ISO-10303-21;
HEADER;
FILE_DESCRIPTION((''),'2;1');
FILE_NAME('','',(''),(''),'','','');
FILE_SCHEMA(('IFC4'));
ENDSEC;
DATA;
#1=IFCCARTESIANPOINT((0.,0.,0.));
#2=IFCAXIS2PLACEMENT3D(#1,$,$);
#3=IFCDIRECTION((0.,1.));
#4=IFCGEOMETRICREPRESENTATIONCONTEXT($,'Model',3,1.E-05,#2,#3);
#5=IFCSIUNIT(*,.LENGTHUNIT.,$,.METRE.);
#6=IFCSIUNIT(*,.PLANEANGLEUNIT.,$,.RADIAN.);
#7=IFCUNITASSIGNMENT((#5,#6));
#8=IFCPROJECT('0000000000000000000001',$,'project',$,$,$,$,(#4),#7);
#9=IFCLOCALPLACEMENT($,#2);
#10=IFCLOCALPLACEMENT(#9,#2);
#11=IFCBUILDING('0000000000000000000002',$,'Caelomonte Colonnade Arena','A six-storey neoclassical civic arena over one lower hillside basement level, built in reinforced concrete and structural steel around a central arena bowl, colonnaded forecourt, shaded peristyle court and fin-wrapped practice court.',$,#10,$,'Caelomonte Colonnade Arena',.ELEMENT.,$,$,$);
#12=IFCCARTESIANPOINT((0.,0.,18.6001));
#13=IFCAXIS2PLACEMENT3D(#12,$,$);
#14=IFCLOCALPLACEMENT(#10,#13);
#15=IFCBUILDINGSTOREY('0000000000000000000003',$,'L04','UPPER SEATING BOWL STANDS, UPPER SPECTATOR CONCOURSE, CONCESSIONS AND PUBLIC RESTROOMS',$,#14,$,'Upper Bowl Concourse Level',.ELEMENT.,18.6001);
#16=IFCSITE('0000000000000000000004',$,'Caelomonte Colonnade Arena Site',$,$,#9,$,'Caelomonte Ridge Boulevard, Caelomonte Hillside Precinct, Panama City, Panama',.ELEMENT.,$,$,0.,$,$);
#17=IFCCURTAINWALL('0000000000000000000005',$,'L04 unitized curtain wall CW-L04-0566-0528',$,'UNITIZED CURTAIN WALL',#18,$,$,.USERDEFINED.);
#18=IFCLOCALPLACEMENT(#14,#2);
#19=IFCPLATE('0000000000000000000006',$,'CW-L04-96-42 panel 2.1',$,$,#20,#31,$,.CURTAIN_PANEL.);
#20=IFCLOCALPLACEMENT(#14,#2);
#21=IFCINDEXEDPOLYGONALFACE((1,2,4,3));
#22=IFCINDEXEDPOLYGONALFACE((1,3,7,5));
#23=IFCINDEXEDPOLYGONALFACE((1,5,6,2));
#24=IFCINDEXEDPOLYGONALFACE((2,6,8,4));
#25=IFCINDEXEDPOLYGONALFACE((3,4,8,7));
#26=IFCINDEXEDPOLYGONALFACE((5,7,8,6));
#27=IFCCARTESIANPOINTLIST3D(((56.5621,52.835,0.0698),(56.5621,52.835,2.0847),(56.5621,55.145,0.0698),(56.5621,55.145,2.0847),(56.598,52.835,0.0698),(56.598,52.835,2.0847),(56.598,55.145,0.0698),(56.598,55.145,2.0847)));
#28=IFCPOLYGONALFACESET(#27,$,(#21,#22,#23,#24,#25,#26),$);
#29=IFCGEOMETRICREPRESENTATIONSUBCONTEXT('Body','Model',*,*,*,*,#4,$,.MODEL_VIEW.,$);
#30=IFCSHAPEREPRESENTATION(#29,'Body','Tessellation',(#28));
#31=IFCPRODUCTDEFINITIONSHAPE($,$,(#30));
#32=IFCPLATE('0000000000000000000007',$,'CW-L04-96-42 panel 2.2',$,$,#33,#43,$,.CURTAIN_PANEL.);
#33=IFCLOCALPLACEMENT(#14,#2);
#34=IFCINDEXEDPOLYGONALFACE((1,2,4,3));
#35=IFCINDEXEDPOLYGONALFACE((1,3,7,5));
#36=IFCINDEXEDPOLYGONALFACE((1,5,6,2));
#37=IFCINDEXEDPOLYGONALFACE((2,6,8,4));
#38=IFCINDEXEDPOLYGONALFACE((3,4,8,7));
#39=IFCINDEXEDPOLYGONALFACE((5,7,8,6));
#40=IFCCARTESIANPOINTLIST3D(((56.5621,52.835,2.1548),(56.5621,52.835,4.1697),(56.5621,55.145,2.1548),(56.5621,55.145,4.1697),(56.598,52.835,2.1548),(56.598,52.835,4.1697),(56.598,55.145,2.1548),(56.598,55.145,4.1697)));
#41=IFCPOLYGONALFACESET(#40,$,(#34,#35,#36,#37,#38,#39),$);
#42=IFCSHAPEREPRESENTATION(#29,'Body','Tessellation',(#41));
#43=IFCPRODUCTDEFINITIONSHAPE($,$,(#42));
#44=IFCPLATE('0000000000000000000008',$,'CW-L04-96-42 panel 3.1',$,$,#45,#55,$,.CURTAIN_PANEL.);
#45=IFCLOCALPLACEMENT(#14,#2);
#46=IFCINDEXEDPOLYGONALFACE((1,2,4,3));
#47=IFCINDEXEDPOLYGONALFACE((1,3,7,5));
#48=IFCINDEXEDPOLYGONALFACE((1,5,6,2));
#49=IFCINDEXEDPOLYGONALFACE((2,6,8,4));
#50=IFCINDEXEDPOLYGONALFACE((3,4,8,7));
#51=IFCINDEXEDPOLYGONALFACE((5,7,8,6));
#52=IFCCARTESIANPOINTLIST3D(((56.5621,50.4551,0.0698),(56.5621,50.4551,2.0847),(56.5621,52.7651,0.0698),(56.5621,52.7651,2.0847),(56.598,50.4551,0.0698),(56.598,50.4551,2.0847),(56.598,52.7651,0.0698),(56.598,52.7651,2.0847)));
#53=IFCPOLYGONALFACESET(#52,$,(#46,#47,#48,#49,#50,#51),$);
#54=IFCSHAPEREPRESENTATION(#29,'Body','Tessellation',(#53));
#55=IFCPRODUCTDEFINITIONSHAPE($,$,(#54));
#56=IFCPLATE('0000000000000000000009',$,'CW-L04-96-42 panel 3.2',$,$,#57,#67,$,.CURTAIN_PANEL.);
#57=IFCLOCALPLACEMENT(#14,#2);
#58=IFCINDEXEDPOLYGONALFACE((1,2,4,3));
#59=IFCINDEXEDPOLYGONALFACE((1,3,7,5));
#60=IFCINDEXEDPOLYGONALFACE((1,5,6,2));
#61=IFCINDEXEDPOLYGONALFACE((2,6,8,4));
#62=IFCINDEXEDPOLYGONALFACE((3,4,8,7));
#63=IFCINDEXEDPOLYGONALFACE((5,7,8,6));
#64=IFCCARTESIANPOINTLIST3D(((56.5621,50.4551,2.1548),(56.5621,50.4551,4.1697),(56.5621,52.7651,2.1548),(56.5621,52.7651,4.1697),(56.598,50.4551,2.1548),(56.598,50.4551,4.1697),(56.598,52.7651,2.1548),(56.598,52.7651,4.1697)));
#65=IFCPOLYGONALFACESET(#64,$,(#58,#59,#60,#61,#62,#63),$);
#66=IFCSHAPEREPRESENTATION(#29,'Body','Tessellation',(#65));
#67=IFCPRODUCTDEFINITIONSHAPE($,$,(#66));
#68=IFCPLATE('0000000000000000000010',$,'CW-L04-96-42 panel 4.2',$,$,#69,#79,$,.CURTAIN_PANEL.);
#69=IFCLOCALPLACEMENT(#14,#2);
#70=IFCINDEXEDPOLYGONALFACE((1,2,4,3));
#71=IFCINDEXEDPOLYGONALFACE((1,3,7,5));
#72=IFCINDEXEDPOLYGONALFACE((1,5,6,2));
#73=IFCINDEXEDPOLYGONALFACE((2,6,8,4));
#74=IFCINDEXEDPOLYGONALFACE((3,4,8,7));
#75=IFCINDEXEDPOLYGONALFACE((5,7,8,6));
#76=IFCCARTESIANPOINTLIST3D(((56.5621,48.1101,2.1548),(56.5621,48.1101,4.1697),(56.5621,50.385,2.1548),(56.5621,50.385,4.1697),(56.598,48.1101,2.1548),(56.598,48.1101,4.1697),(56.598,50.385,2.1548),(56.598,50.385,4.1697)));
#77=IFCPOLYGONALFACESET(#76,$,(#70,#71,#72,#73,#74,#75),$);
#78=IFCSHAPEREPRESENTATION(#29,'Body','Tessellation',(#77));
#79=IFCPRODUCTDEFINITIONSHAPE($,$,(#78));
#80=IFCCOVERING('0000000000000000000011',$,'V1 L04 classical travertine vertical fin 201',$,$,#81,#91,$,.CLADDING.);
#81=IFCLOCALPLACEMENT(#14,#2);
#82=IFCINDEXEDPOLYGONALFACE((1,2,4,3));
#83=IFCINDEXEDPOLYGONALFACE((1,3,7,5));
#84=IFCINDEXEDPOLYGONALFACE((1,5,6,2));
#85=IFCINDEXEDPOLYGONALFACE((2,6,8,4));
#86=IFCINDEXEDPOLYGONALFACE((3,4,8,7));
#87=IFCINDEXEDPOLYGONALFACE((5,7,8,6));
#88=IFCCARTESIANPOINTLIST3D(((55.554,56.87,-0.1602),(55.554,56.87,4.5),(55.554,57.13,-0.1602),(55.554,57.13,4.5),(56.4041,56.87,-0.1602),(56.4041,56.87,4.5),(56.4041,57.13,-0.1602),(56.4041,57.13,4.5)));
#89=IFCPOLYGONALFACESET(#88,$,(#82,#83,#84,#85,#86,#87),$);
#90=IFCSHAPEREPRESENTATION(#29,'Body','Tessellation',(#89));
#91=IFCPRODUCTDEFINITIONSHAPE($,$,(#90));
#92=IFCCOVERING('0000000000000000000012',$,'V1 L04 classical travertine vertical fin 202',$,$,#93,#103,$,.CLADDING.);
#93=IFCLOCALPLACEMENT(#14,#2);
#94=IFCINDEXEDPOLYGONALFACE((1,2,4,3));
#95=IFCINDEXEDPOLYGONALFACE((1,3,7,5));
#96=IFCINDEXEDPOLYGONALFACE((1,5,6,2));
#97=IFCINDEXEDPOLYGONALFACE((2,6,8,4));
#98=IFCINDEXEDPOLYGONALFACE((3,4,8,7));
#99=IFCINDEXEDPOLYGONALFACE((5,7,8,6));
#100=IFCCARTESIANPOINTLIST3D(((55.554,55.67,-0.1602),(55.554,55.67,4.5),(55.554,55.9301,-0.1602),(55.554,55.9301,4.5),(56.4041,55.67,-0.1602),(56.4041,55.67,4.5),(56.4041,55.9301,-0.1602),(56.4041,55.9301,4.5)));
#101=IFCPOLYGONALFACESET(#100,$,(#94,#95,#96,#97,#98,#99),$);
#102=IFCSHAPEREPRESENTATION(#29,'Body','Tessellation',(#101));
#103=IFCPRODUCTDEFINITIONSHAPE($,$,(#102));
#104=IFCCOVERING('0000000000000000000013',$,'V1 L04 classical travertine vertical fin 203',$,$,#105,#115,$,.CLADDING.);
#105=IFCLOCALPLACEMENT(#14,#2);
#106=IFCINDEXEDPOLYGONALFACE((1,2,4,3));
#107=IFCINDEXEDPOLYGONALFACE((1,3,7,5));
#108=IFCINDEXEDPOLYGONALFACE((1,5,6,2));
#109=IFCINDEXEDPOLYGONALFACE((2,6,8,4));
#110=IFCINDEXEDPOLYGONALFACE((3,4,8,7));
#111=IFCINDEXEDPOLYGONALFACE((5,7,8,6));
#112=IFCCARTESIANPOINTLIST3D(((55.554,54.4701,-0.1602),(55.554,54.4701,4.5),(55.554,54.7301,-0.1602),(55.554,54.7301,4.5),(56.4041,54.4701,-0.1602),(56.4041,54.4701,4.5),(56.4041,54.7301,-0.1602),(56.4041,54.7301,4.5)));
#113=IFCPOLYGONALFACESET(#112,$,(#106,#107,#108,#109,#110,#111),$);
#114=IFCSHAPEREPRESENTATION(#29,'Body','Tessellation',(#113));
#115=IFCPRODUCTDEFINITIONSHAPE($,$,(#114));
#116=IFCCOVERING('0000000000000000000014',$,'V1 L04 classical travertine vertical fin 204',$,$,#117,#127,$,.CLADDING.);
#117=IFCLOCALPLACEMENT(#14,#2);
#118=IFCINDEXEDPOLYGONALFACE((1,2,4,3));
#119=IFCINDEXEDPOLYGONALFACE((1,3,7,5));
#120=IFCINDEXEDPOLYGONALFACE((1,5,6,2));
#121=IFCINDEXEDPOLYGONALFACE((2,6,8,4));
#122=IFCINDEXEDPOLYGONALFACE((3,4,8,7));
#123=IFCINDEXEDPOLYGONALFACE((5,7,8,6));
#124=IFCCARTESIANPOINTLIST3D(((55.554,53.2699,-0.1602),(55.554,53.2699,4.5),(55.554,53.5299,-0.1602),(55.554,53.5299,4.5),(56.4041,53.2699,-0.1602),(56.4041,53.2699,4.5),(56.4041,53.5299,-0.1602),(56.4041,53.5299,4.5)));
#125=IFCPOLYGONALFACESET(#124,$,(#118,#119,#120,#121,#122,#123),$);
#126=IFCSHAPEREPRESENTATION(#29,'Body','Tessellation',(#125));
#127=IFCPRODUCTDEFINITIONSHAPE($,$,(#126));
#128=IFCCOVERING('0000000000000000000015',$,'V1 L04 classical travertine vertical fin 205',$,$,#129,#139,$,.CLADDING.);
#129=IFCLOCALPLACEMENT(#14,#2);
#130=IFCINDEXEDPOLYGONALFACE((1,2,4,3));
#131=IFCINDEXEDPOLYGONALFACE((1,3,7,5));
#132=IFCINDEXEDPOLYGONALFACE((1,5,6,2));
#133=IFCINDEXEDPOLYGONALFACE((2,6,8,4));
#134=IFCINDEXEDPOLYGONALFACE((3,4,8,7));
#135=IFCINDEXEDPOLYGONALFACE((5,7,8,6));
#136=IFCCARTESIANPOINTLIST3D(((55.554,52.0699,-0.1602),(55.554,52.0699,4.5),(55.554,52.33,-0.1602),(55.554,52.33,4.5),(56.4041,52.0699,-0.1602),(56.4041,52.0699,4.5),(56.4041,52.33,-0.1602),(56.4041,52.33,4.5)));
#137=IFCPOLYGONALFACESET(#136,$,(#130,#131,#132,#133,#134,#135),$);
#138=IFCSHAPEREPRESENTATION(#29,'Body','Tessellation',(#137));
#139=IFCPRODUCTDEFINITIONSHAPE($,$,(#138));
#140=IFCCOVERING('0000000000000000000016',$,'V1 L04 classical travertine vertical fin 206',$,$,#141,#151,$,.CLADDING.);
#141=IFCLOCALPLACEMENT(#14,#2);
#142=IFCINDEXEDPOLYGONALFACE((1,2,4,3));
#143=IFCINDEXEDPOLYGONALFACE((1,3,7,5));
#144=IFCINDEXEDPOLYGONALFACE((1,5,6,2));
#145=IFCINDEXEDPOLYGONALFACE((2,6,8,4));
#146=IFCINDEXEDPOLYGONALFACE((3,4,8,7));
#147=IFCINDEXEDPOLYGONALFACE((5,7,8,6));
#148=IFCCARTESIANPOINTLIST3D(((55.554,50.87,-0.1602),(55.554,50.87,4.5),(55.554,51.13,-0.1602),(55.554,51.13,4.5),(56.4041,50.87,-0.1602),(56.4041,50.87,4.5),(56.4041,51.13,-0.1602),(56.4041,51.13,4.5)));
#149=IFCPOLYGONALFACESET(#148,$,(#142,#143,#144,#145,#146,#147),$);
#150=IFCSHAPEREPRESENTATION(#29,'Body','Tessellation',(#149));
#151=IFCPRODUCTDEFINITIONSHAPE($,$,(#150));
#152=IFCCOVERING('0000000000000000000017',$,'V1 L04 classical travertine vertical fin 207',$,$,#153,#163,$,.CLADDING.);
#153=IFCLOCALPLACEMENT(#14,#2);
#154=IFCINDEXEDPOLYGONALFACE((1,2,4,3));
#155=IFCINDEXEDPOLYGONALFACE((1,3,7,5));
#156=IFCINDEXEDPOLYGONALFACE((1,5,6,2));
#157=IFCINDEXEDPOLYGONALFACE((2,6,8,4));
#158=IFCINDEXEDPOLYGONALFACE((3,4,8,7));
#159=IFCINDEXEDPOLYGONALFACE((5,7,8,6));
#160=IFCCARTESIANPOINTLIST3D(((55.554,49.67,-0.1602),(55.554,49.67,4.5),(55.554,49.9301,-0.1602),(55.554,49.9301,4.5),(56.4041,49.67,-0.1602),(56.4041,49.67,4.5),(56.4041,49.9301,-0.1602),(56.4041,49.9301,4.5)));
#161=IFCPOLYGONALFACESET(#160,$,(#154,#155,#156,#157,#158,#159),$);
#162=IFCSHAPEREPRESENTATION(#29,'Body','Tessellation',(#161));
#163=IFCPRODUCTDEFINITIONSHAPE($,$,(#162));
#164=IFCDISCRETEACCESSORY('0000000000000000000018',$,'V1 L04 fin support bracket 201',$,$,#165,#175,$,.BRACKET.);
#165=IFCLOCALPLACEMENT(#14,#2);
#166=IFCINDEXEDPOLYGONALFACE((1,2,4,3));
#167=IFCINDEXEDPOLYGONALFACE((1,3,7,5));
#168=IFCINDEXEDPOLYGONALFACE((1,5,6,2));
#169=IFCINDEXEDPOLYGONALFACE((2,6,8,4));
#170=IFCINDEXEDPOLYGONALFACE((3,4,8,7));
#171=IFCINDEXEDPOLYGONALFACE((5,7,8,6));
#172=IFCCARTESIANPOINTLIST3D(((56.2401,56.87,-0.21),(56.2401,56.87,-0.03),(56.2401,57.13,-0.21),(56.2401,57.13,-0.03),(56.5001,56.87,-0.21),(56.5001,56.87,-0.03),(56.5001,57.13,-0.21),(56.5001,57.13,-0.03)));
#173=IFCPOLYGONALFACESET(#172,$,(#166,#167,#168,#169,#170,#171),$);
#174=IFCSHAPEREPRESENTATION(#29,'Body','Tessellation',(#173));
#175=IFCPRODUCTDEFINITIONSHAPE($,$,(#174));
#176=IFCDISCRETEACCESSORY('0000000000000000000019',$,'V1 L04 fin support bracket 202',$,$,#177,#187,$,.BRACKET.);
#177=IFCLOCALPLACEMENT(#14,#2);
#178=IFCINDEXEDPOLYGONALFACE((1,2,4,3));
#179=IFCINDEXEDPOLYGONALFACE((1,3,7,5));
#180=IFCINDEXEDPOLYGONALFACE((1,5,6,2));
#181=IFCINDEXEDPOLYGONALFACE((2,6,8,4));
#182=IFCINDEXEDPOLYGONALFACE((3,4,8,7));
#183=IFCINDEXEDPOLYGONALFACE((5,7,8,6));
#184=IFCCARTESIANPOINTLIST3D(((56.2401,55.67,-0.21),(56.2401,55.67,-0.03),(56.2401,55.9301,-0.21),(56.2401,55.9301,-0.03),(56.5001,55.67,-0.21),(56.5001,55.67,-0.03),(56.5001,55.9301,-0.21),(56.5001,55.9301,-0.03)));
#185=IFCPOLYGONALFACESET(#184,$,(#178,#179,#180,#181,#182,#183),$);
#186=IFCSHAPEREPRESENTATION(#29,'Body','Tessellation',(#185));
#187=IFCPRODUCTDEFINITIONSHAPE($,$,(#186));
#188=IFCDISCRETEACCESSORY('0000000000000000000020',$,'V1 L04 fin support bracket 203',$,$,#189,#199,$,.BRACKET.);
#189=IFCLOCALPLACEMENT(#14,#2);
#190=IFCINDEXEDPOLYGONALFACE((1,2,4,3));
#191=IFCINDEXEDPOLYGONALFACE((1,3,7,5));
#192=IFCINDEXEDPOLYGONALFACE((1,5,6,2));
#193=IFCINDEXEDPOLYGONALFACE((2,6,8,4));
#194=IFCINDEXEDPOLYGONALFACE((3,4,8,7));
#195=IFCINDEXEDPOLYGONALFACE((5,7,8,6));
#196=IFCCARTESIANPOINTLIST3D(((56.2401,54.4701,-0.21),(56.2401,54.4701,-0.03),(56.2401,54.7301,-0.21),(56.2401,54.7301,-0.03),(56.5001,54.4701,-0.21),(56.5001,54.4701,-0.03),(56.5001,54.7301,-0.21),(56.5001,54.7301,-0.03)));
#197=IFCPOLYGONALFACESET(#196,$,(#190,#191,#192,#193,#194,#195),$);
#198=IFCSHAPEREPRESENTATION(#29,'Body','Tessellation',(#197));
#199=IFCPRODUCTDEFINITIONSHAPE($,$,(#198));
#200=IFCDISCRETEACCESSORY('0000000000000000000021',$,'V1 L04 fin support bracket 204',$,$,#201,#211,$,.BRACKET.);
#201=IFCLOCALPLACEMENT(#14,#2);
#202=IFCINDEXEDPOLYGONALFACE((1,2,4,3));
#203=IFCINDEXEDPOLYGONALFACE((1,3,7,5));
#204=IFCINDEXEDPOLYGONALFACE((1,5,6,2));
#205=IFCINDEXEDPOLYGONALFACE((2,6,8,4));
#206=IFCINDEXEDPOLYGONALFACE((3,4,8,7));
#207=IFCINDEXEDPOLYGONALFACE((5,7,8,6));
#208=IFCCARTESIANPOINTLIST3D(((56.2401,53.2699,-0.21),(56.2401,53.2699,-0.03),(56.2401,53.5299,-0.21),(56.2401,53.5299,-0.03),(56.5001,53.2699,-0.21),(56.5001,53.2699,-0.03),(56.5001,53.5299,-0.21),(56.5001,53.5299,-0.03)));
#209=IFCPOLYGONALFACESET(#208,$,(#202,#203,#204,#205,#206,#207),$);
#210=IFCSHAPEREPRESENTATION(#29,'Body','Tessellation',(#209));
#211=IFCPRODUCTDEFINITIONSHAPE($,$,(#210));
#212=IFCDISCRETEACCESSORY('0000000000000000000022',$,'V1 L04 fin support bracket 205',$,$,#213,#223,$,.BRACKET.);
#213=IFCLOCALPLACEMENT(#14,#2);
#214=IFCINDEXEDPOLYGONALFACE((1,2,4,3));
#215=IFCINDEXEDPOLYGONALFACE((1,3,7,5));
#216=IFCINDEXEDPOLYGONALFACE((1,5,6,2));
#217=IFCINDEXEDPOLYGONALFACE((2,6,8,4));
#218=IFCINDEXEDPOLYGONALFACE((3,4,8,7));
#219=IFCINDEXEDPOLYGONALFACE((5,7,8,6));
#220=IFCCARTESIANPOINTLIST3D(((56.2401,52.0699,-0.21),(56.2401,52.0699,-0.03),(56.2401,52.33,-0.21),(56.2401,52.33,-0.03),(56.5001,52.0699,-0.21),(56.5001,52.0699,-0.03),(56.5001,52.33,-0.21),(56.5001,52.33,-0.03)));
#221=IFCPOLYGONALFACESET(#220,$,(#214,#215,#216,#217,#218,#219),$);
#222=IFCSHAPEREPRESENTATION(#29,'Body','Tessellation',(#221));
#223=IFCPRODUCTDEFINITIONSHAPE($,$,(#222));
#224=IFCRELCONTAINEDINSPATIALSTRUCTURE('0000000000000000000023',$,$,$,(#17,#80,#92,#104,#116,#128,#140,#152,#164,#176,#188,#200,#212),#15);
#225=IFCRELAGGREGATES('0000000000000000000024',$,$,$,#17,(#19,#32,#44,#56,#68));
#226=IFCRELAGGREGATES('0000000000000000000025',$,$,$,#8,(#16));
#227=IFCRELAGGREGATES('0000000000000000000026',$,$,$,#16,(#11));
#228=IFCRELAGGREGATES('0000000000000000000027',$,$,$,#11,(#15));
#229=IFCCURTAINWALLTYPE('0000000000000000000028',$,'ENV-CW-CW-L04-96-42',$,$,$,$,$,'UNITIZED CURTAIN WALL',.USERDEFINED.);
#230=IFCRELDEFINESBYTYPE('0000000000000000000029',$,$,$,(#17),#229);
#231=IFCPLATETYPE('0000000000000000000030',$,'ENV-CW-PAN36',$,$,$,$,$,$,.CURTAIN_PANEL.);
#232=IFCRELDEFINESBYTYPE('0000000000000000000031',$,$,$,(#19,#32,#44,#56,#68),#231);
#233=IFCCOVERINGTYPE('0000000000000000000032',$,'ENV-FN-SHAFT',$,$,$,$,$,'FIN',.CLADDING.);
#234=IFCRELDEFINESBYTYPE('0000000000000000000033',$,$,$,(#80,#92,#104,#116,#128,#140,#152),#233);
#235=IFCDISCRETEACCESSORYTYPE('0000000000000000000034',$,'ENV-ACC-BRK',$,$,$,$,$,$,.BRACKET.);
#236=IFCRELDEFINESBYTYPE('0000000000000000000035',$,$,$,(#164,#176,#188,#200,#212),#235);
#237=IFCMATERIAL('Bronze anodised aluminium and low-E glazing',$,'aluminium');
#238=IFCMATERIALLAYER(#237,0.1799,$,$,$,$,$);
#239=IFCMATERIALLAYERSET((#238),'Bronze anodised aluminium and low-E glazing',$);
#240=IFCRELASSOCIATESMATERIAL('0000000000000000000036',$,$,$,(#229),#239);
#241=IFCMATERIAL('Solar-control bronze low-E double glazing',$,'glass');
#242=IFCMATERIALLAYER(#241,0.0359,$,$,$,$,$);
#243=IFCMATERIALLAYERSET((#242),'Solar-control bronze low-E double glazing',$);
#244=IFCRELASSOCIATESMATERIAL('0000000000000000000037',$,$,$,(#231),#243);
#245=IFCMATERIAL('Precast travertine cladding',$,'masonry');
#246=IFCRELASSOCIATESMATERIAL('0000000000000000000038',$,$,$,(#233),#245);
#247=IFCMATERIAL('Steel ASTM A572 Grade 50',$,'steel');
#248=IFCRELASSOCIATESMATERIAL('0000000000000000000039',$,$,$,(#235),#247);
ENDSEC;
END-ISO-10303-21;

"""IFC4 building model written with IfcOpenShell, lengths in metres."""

from ifc_helpers import new_model, si_unit, direction, frame, origin, origin_2d, place, context, subcontext, project, spatial, rectangle, extrude, material, layer, layer_set, material_profile, profile_set, type_object, element, aggregate, save


model = new_model("IFC4")

# Units and contexts
model_context = context("Model", 3, precision=1e-05, world=origin(), true_north=direction((0.0, 1.0)))
body_context = subcontext(model_context, "Body", "Model", "MODEL_VIEW")
ifc_project = project(units=[si_unit("LENGTHUNIT", "METRE"), si_unit("PLANEANGLEUNIT", "RADIAN")], contexts=[model_context])

# Site, building, storey
site_placement = place(None, origin())
site = spatial("IfcSite", under=ifc_project, at=site_placement, Name="Caelomonte Colonnade Arena Site", LongName="Caelomonte Ridge Boulevard, Caelomonte Hillside Precinct, Panama City, Panama", CompositionType="ELEMENT", RefElevation=0.0)
building_placement = place(site_placement, origin())
building = spatial("IfcBuilding", under=site, at=building_placement, Name="Caelomonte Colonnade Arena", Description="A six-storey neoclassical civic arena over one lower hillside basement level, built in reinforced concrete and structural steel around a central arena bowl, colonnaded forecourt, shaded peristyle court and fin-wrapped practice court.", LongName="Caelomonte Colonnade Arena", CompositionType="ELEMENT")
storey_placement = place(building_placement, frame((0.0, 0.0, 18.6001)))
storey = spatial("IfcBuildingStorey", under=building, at=storey_placement, Name="L04", Description="UPPER SEATING BOWL STANDS, UPPER SPECTATOR CONCOURSE, CONCESSIONS AND PUBLIC RESTROOMS", LongName="Upper Bowl Concourse Level", CompositionType="ELEMENT", Elevation=18.6001)

# Curtain wall, plates
ifc_material_1 = material(Name="Bronze anodised aluminium and low-E glazing", Category="aluminium")
ifc_layer_1 = layer(ifc_material_1, 0.1799)
ifc_layer_set_1 = layer_set([ifc_layer_1], Name="Bronze anodised aluminium and low-E glazing")
curtain_wall_type = type_object("IfcCurtainWallType", Name="ENV-CW-CW-L04-96-42", ElementType="UNITIZED CURTAIN WALL", PredefinedType="USERDEFINED", material=ifc_layer_set_1)
curtain_wall_placement = place(storey_placement, origin())
curtain_wall = element("IfcCurtainWall", 1, at=curtain_wall_placement, inside=storey, type_object=curtain_wall_type, Name="L04 unitized curtain wall CW-L04-0566-0528", ObjectType="UNITIZED CURTAIN WALL", PredefinedType="USERDEFINED")
ifc_material_2 = material(Name="Solar-control bronze low-E double glazing", Category="glass")
ifc_layer_2 = layer(ifc_material_2, 0.0359)
ifc_layer_set_2 = layer_set([ifc_layer_2], Name="Solar-control bronze low-E double glazing")
plate_type = type_object("IfcPlateType", Name="ENV-CW-PAN36", PredefinedType="CURTAIN_PANEL", material=ifc_layer_set_2)
plate_1_placement = place(storey_placement, frame((56.5801, 53.99, 0.0698), z_axis=(0.0, 0.0, 1.0), x_axis=(0.0, -1.0, 0.0)))
plate_1 = element("IfcPlate", 2, at=plate_1_placement, type_object=plate_type, Name="CW-L04-96-42 panel 2.1", PredefinedType="CURTAIN_PANEL", context=body_context, shape_type="SweptSolid", body=[
    extrude(rectangle(XDim=2.3101, YDim=0.0359, at=origin_2d()), origin(), (0.0, 0.0, 1.0), 2.0149),
])
plate_2_placement = place(storey_placement, frame((56.5801, 53.99, 2.1548), z_axis=(0.0, 0.0, 1.0), x_axis=(0.0, -1.0, 0.0)))
plate_2 = element("IfcPlate", 3, at=plate_2_placement, type_object=plate_type, Name="CW-L04-96-42 panel 2.2", PredefinedType="CURTAIN_PANEL", context=body_context, shape_type="SweptSolid", body=[
    extrude(rectangle(XDim=2.3101, YDim=0.0359, at=origin_2d()), origin(), (0.0, 0.0, 1.0), 2.0149),
])
plate_3_placement = place(storey_placement, frame((56.5801, 51.6101, 0.0698), z_axis=(0.0, 0.0, 1.0), x_axis=(0.0, -1.0, 0.0)))
plate_3 = element("IfcPlate", 4, at=plate_3_placement, type_object=plate_type, Name="CW-L04-96-42 panel 3.1", PredefinedType="CURTAIN_PANEL", context=body_context, shape_type="SweptSolid", body=[
    extrude(rectangle(XDim=2.3101, YDim=0.0359, at=origin_2d()), origin(), (0.0, 0.0, 1.0), 2.0149),
])
plate_4_placement = place(storey_placement, frame((56.5801, 51.6101, 2.1548), z_axis=(0.0, 0.0, 1.0), x_axis=(0.0, -1.0, 0.0)))
plate_4 = element("IfcPlate", 5, at=plate_4_placement, type_object=plate_type, Name="CW-L04-96-42 panel 3.2", PredefinedType="CURTAIN_PANEL", context=body_context, shape_type="SweptSolid", body=[
    extrude(rectangle(XDim=2.3101, YDim=0.0359, at=origin_2d()), origin(), (0.0, 0.0, 1.0), 2.0149),
])
plate_5_placement = place(storey_placement, frame((56.5801, 49.2476, 2.1548), z_axis=(0.0, 0.0, 1.0), x_axis=(0.0, -1.0, 0.0)))
plate_5 = element("IfcPlate", 6, at=plate_5_placement, type_object=plate_type, Name="CW-L04-96-42 panel 4.2", PredefinedType="CURTAIN_PANEL", context=body_context, shape_type="SweptSolid", body=[
    extrude(rectangle(XDim=2.2749, YDim=0.0359, at=origin_2d()), origin(), (0.0, 0.0, 1.0), 2.0149),
])
aggregate(curtain_wall, [plate_1, plate_2, plate_3, plate_4, plate_5])

# Coverings
ifc_material_3 = material(Name="Precast travertine cladding", Category="masonry")
ifc_material_profile_1 = material_profile(ifc_material_3, rectangle(XDim=0.26, YDim=0.8501, at=origin_2d()), Name="FIN260X850")
ifc_profile_set_1 = profile_set([ifc_material_profile_1], Name="Precast travertine cladding")
covering_type = type_object("IfcCoveringType", Name="ENV-FN-SHAFT", ElementType="FIN", PredefinedType="CLADDING", material=ifc_profile_set_1)
for number, where, z_axis, x_axis, name in (
    (7, (55.979, 57.0, -0.1602), (0.0, 0.0, 1.0), (0.0, 1.0, 0.0), "V1 L04 classical travertine vertical fin 201"),
    (8, (55.979, 55.8, -0.1602), (0.0, 0.0, 1.0), (0.0, 1.0, 0.0), "V1 L04 classical travertine vertical fin 202"),
    (9, (55.979, 54.6001, -0.1602), (0.0, 0.0, 1.0), (0.0, 1.0, 0.0), "V1 L04 classical travertine vertical fin 203"),
    (10, (55.979, 53.3999, -0.1602), (0.0, 0.0, 1.0), (0.0, 1.0, 0.0), "V1 L04 classical travertine vertical fin 204"),
    (11, (55.979, 52.2, -0.1602), (0.0, 0.0, 1.0), (0.0, 1.0, 0.0), "V1 L04 classical travertine vertical fin 205"),
    (12, (55.979, 51.0, -0.1602), (0.0, 0.0, 1.0), (0.0, 1.0, 0.0), "V1 L04 classical travertine vertical fin 206"),
    (13, (55.979, 49.8, -0.1602), (0.0, 0.0, 1.0), (0.0, 1.0, 0.0), "V1 L04 classical travertine vertical fin 207"),
):
    element("IfcCovering", number, at=place(storey_placement, frame(where, z_axis=z_axis, x_axis=x_axis)), inside=storey, type_object=covering_type, Name=name, PredefinedType="CLADDING", context=body_context, shape_type="SweptSolid", body=[
        extrude(rectangle(XDim=0.26, YDim=0.8501, at=origin_2d()), origin(), (0.0, 0.0, 1.0), 4.6602),
    ])

# Discrete accessories
ifc_material_4 = material(Name="Steel ASTM A572 Grade 50", Category="steel")
discrete_accessory_type = type_object("IfcDiscreteAccessoryType", Name="ENV-ACC-BRK", PredefinedType="BRACKET", material=ifc_material_4)
for number, where, z_axis, x_axis, name in (
    (14, (56.3701, 57.0, -0.21), (0.0, 0.0, 1.0), (0.0, -1.0, 0.0), "V1 L04 fin support bracket 201"),
    (15, (56.3701, 55.8, -0.21), (0.0, 0.0, 1.0), (0.0, -1.0, 0.0), "V1 L04 fin support bracket 202"),
    (16, (56.3701, 54.6001, -0.21), (0.0, 0.0, 1.0), (0.0, -1.0, 0.0), "V1 L04 fin support bracket 203"),
    (17, (56.3701, 53.3999, -0.21), (0.0, 0.0, 1.0), (0.0, -1.0, 0.0), "V1 L04 fin support bracket 204"),
    (18, (56.3701, 52.2, -0.21), (0.0, 0.0, 1.0), (0.0, -1.0, 0.0), "V1 L04 fin support bracket 205"),
):
    element("IfcDiscreteAccessory", number, at=place(storey_placement, frame(where, z_axis=z_axis, x_axis=x_axis)), inside=storey, type_object=discrete_accessory_type, Name=name, PredefinedType="BRACKET", context=body_context, shape_type="SweptSolid", body=[
        extrude(rectangle(XDim=0.26, YDim=0.26, at=origin_2d()), origin(), (0.0, 0.0, 1.0), 0.1799),
    ])

save(model, "model.ifc")
